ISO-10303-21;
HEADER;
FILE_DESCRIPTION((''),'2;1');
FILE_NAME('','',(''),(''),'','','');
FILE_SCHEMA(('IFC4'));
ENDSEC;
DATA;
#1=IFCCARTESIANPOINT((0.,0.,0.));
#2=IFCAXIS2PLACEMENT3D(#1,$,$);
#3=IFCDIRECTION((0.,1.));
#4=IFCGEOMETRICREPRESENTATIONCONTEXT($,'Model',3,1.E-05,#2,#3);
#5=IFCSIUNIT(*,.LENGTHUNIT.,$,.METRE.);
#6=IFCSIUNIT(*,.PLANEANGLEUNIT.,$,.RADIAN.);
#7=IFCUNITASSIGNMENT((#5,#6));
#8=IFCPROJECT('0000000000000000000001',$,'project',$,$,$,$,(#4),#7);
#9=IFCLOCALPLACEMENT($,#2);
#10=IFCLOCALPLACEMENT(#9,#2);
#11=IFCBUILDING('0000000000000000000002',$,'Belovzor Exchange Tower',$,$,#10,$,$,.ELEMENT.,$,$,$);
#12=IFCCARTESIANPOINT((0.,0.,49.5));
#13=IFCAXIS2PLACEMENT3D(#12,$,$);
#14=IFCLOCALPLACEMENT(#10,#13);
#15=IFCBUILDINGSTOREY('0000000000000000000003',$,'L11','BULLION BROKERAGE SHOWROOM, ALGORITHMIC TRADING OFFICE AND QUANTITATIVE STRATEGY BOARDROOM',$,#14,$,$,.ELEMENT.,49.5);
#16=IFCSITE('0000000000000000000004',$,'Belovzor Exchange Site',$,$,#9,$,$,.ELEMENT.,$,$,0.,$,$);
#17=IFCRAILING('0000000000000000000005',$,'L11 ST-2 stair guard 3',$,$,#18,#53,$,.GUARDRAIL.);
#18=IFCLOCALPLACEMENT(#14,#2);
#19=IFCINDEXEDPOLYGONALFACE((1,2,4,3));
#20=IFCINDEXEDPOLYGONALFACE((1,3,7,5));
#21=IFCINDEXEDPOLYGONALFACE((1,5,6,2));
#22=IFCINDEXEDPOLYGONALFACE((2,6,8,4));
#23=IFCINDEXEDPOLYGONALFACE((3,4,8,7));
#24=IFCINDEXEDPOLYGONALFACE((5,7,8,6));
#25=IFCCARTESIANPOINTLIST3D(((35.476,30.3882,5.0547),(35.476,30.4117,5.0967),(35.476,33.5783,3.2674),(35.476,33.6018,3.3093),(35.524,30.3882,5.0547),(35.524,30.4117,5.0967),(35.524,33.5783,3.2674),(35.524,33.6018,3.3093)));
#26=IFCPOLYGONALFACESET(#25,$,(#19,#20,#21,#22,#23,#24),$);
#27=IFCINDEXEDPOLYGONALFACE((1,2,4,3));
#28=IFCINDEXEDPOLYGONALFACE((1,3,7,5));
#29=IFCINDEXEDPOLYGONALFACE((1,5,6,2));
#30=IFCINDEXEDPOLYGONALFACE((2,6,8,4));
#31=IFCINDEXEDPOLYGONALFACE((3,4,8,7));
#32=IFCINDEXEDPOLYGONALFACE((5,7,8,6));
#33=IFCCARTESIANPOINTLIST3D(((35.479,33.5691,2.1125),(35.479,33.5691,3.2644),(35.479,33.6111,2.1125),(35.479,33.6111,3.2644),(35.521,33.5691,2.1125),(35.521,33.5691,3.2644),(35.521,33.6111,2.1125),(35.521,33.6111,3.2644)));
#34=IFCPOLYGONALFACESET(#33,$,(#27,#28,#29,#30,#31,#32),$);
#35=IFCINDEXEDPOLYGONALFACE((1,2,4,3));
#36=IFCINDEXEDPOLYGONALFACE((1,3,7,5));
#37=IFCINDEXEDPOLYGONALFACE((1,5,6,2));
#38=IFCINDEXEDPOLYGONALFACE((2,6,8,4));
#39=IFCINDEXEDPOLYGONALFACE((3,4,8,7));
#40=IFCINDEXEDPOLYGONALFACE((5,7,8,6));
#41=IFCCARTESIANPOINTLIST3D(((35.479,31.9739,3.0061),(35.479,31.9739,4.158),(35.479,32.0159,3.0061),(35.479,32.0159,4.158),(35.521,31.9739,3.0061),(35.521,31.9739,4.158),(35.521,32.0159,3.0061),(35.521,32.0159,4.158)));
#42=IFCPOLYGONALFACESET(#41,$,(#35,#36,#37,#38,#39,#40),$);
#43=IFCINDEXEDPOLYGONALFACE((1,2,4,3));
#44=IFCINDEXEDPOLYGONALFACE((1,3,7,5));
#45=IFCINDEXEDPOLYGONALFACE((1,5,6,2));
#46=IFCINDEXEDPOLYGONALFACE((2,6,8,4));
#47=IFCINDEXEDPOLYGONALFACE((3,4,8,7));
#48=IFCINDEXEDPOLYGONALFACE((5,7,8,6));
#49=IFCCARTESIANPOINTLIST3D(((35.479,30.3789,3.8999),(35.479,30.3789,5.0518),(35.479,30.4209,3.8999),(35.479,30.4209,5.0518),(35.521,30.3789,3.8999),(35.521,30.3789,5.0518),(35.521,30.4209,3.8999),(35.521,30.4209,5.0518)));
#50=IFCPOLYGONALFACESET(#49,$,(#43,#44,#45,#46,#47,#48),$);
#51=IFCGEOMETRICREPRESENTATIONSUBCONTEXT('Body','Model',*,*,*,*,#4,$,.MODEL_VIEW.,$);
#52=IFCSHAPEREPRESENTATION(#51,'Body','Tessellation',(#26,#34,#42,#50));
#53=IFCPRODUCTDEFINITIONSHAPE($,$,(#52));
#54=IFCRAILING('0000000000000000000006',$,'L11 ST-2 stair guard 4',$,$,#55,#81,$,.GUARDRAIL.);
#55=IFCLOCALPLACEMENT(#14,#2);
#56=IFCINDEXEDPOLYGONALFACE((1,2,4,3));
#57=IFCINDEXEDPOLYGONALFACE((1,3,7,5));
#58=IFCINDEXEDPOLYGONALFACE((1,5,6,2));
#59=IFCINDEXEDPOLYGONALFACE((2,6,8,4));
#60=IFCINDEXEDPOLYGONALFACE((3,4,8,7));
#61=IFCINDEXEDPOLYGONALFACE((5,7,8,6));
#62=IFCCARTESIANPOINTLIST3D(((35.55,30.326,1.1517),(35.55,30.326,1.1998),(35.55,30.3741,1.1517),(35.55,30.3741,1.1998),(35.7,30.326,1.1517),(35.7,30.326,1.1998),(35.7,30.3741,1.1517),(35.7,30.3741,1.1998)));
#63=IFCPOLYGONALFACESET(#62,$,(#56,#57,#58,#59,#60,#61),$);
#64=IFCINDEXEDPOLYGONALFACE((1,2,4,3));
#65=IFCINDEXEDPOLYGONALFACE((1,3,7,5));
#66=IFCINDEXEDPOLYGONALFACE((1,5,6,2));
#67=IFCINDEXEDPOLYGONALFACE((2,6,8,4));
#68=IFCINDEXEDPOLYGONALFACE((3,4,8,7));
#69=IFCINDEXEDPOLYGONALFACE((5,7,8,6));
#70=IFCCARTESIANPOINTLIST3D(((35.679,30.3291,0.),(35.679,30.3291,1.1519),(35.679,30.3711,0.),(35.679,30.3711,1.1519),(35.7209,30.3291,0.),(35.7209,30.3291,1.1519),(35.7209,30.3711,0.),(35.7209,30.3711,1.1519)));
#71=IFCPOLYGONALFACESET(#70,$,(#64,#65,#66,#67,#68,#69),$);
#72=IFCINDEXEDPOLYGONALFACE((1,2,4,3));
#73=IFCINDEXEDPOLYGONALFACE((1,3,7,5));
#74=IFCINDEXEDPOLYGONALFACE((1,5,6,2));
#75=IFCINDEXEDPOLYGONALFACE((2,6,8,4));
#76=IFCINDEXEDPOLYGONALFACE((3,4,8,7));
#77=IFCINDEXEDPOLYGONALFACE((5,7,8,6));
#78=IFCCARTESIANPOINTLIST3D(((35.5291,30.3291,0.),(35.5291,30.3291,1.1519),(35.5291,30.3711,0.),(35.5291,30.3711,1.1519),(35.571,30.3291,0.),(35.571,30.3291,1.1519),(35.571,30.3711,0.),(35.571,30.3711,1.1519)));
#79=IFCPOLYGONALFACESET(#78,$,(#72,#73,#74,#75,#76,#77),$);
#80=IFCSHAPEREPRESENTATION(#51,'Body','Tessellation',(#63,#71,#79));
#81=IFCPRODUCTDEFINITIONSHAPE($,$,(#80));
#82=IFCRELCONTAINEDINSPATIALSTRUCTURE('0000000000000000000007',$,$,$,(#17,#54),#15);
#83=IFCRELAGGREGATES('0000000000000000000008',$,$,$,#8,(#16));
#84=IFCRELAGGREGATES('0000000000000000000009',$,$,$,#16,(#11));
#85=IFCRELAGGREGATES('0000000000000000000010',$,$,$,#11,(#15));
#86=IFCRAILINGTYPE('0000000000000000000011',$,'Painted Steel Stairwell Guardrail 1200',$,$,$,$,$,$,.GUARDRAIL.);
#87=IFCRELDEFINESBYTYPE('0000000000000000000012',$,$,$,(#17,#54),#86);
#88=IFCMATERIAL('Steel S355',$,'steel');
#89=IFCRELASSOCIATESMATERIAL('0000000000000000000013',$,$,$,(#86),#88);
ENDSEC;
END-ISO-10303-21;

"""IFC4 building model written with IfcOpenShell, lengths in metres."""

from ifc_helpers import new_model, si_unit, direction, frame, origin, origin_2d, place, context, subcontext, project, spatial, rectangle, extrude, material, type_object, element, save


model = new_model("IFC4")

# Units and contexts
model_context = context("Model", 3, precision=1e-05, world=origin(), true_north=direction((0.0, 1.0)))
body_context = subcontext(model_context, "Body", "Model", "MODEL_VIEW")
ifc_project = project(units=[si_unit("LENGTHUNIT", "METRE"), si_unit("PLANEANGLEUNIT", "RADIAN")], contexts=[model_context])

# Site, building, storey
site_placement = place(None, origin())
site = spatial("IfcSite", under=ifc_project, at=site_placement, Name="Belovzor Exchange Site", CompositionType="ELEMENT", RefElevation=0.0)
building_placement = place(site_placement, origin())
building = spatial("IfcBuilding", under=site, at=building_placement, Name="Belovzor Exchange Tower", CompositionType="ELEMENT")
storey_placement = place(building_placement, frame((0.0, 0.0, 49.5)))
storey = spatial("IfcBuildingStorey", under=building, at=storey_placement, Name="L11", Description="BULLION BROKERAGE SHOWROOM, ALGORITHMIC TRADING OFFICE AND QUANTITATIVE STRATEGY BOARDROOM", CompositionType="ELEMENT", Elevation=49.5)

# Railings
ifc_material_1 = material(Name="Steel S355", Category="steel")
railing_type_1 = type_object("IfcRailingType", Name="Painted Steel Stairwell Guardrail 1200", PredefinedType="GUARDRAIL", material=ifc_material_1)
railing_1_placement = place(storey_placement, frame((35.5, 33.5901, 2.1125)))
element("IfcRailing", 1, at=railing_1_placement, inside=storey, type_object=railing_type_1, Name="L11 ST-2 stair guard 3", PredefinedType="GUARDRAIL", context=body_context, shape_type="SweptSolid", body=[
    extrude(rectangle(XDim=0.0481, YDim=0.0481, at=origin_2d()), frame((0.0, 0.0, 1.1758), z_axis=(0.0, -0.872407, 0.48878), x_axis=(1.0, 0.0, 0.0)), (0.0, 0.0, 1.0), 3.6567),
    extrude(rectangle(XDim=0.042, YDim=0.042, at=origin_2d()), origin(), (0.0, 0.0, 1.0), 1.1519),
    extrude(rectangle(XDim=0.042, YDim=0.042, at=origin_2d()), frame((0.0, -1.5952, 0.8936)), (0.0, 0.0, 1.0), 1.1519),
    extrude(rectangle(XDim=0.042, YDim=0.042, at=origin_2d()), frame((0.0, -3.1902, 1.7874)), (0.0, 0.0, 1.0), 1.1519),
])
railing_2_placement = place(storey_placement, frame((35.7, 30.3501, 0.0)))
element("IfcRailing", 2, at=railing_2_placement, inside=storey, type_object=railing_type_1, Name="L11 ST-2 stair guard 4", PredefinedType="GUARDRAIL", context=body_context, shape_type="SweptSolid", body=[
    extrude(rectangle(XDim=0.0481, YDim=0.0481, at=origin_2d()), frame((0.0, 0.0, 1.1758), z_axis=(-1.0, 0.0, 0.0), x_axis=(0.0, -1.0, 0.0)), (0.0, 0.0, 1.0), 0.1499),
    extrude(rectangle(XDim=0.042, YDim=0.042, at=origin_2d()), origin(), (0.0, 0.0, 1.0), 1.1519),
    extrude(rectangle(XDim=0.042, YDim=0.042, at=origin_2d()), frame((-0.1499, 0.0, 0.0)), (0.0, 0.0, 1.0), 1.1519),
])

save(model, "model.ifc")
